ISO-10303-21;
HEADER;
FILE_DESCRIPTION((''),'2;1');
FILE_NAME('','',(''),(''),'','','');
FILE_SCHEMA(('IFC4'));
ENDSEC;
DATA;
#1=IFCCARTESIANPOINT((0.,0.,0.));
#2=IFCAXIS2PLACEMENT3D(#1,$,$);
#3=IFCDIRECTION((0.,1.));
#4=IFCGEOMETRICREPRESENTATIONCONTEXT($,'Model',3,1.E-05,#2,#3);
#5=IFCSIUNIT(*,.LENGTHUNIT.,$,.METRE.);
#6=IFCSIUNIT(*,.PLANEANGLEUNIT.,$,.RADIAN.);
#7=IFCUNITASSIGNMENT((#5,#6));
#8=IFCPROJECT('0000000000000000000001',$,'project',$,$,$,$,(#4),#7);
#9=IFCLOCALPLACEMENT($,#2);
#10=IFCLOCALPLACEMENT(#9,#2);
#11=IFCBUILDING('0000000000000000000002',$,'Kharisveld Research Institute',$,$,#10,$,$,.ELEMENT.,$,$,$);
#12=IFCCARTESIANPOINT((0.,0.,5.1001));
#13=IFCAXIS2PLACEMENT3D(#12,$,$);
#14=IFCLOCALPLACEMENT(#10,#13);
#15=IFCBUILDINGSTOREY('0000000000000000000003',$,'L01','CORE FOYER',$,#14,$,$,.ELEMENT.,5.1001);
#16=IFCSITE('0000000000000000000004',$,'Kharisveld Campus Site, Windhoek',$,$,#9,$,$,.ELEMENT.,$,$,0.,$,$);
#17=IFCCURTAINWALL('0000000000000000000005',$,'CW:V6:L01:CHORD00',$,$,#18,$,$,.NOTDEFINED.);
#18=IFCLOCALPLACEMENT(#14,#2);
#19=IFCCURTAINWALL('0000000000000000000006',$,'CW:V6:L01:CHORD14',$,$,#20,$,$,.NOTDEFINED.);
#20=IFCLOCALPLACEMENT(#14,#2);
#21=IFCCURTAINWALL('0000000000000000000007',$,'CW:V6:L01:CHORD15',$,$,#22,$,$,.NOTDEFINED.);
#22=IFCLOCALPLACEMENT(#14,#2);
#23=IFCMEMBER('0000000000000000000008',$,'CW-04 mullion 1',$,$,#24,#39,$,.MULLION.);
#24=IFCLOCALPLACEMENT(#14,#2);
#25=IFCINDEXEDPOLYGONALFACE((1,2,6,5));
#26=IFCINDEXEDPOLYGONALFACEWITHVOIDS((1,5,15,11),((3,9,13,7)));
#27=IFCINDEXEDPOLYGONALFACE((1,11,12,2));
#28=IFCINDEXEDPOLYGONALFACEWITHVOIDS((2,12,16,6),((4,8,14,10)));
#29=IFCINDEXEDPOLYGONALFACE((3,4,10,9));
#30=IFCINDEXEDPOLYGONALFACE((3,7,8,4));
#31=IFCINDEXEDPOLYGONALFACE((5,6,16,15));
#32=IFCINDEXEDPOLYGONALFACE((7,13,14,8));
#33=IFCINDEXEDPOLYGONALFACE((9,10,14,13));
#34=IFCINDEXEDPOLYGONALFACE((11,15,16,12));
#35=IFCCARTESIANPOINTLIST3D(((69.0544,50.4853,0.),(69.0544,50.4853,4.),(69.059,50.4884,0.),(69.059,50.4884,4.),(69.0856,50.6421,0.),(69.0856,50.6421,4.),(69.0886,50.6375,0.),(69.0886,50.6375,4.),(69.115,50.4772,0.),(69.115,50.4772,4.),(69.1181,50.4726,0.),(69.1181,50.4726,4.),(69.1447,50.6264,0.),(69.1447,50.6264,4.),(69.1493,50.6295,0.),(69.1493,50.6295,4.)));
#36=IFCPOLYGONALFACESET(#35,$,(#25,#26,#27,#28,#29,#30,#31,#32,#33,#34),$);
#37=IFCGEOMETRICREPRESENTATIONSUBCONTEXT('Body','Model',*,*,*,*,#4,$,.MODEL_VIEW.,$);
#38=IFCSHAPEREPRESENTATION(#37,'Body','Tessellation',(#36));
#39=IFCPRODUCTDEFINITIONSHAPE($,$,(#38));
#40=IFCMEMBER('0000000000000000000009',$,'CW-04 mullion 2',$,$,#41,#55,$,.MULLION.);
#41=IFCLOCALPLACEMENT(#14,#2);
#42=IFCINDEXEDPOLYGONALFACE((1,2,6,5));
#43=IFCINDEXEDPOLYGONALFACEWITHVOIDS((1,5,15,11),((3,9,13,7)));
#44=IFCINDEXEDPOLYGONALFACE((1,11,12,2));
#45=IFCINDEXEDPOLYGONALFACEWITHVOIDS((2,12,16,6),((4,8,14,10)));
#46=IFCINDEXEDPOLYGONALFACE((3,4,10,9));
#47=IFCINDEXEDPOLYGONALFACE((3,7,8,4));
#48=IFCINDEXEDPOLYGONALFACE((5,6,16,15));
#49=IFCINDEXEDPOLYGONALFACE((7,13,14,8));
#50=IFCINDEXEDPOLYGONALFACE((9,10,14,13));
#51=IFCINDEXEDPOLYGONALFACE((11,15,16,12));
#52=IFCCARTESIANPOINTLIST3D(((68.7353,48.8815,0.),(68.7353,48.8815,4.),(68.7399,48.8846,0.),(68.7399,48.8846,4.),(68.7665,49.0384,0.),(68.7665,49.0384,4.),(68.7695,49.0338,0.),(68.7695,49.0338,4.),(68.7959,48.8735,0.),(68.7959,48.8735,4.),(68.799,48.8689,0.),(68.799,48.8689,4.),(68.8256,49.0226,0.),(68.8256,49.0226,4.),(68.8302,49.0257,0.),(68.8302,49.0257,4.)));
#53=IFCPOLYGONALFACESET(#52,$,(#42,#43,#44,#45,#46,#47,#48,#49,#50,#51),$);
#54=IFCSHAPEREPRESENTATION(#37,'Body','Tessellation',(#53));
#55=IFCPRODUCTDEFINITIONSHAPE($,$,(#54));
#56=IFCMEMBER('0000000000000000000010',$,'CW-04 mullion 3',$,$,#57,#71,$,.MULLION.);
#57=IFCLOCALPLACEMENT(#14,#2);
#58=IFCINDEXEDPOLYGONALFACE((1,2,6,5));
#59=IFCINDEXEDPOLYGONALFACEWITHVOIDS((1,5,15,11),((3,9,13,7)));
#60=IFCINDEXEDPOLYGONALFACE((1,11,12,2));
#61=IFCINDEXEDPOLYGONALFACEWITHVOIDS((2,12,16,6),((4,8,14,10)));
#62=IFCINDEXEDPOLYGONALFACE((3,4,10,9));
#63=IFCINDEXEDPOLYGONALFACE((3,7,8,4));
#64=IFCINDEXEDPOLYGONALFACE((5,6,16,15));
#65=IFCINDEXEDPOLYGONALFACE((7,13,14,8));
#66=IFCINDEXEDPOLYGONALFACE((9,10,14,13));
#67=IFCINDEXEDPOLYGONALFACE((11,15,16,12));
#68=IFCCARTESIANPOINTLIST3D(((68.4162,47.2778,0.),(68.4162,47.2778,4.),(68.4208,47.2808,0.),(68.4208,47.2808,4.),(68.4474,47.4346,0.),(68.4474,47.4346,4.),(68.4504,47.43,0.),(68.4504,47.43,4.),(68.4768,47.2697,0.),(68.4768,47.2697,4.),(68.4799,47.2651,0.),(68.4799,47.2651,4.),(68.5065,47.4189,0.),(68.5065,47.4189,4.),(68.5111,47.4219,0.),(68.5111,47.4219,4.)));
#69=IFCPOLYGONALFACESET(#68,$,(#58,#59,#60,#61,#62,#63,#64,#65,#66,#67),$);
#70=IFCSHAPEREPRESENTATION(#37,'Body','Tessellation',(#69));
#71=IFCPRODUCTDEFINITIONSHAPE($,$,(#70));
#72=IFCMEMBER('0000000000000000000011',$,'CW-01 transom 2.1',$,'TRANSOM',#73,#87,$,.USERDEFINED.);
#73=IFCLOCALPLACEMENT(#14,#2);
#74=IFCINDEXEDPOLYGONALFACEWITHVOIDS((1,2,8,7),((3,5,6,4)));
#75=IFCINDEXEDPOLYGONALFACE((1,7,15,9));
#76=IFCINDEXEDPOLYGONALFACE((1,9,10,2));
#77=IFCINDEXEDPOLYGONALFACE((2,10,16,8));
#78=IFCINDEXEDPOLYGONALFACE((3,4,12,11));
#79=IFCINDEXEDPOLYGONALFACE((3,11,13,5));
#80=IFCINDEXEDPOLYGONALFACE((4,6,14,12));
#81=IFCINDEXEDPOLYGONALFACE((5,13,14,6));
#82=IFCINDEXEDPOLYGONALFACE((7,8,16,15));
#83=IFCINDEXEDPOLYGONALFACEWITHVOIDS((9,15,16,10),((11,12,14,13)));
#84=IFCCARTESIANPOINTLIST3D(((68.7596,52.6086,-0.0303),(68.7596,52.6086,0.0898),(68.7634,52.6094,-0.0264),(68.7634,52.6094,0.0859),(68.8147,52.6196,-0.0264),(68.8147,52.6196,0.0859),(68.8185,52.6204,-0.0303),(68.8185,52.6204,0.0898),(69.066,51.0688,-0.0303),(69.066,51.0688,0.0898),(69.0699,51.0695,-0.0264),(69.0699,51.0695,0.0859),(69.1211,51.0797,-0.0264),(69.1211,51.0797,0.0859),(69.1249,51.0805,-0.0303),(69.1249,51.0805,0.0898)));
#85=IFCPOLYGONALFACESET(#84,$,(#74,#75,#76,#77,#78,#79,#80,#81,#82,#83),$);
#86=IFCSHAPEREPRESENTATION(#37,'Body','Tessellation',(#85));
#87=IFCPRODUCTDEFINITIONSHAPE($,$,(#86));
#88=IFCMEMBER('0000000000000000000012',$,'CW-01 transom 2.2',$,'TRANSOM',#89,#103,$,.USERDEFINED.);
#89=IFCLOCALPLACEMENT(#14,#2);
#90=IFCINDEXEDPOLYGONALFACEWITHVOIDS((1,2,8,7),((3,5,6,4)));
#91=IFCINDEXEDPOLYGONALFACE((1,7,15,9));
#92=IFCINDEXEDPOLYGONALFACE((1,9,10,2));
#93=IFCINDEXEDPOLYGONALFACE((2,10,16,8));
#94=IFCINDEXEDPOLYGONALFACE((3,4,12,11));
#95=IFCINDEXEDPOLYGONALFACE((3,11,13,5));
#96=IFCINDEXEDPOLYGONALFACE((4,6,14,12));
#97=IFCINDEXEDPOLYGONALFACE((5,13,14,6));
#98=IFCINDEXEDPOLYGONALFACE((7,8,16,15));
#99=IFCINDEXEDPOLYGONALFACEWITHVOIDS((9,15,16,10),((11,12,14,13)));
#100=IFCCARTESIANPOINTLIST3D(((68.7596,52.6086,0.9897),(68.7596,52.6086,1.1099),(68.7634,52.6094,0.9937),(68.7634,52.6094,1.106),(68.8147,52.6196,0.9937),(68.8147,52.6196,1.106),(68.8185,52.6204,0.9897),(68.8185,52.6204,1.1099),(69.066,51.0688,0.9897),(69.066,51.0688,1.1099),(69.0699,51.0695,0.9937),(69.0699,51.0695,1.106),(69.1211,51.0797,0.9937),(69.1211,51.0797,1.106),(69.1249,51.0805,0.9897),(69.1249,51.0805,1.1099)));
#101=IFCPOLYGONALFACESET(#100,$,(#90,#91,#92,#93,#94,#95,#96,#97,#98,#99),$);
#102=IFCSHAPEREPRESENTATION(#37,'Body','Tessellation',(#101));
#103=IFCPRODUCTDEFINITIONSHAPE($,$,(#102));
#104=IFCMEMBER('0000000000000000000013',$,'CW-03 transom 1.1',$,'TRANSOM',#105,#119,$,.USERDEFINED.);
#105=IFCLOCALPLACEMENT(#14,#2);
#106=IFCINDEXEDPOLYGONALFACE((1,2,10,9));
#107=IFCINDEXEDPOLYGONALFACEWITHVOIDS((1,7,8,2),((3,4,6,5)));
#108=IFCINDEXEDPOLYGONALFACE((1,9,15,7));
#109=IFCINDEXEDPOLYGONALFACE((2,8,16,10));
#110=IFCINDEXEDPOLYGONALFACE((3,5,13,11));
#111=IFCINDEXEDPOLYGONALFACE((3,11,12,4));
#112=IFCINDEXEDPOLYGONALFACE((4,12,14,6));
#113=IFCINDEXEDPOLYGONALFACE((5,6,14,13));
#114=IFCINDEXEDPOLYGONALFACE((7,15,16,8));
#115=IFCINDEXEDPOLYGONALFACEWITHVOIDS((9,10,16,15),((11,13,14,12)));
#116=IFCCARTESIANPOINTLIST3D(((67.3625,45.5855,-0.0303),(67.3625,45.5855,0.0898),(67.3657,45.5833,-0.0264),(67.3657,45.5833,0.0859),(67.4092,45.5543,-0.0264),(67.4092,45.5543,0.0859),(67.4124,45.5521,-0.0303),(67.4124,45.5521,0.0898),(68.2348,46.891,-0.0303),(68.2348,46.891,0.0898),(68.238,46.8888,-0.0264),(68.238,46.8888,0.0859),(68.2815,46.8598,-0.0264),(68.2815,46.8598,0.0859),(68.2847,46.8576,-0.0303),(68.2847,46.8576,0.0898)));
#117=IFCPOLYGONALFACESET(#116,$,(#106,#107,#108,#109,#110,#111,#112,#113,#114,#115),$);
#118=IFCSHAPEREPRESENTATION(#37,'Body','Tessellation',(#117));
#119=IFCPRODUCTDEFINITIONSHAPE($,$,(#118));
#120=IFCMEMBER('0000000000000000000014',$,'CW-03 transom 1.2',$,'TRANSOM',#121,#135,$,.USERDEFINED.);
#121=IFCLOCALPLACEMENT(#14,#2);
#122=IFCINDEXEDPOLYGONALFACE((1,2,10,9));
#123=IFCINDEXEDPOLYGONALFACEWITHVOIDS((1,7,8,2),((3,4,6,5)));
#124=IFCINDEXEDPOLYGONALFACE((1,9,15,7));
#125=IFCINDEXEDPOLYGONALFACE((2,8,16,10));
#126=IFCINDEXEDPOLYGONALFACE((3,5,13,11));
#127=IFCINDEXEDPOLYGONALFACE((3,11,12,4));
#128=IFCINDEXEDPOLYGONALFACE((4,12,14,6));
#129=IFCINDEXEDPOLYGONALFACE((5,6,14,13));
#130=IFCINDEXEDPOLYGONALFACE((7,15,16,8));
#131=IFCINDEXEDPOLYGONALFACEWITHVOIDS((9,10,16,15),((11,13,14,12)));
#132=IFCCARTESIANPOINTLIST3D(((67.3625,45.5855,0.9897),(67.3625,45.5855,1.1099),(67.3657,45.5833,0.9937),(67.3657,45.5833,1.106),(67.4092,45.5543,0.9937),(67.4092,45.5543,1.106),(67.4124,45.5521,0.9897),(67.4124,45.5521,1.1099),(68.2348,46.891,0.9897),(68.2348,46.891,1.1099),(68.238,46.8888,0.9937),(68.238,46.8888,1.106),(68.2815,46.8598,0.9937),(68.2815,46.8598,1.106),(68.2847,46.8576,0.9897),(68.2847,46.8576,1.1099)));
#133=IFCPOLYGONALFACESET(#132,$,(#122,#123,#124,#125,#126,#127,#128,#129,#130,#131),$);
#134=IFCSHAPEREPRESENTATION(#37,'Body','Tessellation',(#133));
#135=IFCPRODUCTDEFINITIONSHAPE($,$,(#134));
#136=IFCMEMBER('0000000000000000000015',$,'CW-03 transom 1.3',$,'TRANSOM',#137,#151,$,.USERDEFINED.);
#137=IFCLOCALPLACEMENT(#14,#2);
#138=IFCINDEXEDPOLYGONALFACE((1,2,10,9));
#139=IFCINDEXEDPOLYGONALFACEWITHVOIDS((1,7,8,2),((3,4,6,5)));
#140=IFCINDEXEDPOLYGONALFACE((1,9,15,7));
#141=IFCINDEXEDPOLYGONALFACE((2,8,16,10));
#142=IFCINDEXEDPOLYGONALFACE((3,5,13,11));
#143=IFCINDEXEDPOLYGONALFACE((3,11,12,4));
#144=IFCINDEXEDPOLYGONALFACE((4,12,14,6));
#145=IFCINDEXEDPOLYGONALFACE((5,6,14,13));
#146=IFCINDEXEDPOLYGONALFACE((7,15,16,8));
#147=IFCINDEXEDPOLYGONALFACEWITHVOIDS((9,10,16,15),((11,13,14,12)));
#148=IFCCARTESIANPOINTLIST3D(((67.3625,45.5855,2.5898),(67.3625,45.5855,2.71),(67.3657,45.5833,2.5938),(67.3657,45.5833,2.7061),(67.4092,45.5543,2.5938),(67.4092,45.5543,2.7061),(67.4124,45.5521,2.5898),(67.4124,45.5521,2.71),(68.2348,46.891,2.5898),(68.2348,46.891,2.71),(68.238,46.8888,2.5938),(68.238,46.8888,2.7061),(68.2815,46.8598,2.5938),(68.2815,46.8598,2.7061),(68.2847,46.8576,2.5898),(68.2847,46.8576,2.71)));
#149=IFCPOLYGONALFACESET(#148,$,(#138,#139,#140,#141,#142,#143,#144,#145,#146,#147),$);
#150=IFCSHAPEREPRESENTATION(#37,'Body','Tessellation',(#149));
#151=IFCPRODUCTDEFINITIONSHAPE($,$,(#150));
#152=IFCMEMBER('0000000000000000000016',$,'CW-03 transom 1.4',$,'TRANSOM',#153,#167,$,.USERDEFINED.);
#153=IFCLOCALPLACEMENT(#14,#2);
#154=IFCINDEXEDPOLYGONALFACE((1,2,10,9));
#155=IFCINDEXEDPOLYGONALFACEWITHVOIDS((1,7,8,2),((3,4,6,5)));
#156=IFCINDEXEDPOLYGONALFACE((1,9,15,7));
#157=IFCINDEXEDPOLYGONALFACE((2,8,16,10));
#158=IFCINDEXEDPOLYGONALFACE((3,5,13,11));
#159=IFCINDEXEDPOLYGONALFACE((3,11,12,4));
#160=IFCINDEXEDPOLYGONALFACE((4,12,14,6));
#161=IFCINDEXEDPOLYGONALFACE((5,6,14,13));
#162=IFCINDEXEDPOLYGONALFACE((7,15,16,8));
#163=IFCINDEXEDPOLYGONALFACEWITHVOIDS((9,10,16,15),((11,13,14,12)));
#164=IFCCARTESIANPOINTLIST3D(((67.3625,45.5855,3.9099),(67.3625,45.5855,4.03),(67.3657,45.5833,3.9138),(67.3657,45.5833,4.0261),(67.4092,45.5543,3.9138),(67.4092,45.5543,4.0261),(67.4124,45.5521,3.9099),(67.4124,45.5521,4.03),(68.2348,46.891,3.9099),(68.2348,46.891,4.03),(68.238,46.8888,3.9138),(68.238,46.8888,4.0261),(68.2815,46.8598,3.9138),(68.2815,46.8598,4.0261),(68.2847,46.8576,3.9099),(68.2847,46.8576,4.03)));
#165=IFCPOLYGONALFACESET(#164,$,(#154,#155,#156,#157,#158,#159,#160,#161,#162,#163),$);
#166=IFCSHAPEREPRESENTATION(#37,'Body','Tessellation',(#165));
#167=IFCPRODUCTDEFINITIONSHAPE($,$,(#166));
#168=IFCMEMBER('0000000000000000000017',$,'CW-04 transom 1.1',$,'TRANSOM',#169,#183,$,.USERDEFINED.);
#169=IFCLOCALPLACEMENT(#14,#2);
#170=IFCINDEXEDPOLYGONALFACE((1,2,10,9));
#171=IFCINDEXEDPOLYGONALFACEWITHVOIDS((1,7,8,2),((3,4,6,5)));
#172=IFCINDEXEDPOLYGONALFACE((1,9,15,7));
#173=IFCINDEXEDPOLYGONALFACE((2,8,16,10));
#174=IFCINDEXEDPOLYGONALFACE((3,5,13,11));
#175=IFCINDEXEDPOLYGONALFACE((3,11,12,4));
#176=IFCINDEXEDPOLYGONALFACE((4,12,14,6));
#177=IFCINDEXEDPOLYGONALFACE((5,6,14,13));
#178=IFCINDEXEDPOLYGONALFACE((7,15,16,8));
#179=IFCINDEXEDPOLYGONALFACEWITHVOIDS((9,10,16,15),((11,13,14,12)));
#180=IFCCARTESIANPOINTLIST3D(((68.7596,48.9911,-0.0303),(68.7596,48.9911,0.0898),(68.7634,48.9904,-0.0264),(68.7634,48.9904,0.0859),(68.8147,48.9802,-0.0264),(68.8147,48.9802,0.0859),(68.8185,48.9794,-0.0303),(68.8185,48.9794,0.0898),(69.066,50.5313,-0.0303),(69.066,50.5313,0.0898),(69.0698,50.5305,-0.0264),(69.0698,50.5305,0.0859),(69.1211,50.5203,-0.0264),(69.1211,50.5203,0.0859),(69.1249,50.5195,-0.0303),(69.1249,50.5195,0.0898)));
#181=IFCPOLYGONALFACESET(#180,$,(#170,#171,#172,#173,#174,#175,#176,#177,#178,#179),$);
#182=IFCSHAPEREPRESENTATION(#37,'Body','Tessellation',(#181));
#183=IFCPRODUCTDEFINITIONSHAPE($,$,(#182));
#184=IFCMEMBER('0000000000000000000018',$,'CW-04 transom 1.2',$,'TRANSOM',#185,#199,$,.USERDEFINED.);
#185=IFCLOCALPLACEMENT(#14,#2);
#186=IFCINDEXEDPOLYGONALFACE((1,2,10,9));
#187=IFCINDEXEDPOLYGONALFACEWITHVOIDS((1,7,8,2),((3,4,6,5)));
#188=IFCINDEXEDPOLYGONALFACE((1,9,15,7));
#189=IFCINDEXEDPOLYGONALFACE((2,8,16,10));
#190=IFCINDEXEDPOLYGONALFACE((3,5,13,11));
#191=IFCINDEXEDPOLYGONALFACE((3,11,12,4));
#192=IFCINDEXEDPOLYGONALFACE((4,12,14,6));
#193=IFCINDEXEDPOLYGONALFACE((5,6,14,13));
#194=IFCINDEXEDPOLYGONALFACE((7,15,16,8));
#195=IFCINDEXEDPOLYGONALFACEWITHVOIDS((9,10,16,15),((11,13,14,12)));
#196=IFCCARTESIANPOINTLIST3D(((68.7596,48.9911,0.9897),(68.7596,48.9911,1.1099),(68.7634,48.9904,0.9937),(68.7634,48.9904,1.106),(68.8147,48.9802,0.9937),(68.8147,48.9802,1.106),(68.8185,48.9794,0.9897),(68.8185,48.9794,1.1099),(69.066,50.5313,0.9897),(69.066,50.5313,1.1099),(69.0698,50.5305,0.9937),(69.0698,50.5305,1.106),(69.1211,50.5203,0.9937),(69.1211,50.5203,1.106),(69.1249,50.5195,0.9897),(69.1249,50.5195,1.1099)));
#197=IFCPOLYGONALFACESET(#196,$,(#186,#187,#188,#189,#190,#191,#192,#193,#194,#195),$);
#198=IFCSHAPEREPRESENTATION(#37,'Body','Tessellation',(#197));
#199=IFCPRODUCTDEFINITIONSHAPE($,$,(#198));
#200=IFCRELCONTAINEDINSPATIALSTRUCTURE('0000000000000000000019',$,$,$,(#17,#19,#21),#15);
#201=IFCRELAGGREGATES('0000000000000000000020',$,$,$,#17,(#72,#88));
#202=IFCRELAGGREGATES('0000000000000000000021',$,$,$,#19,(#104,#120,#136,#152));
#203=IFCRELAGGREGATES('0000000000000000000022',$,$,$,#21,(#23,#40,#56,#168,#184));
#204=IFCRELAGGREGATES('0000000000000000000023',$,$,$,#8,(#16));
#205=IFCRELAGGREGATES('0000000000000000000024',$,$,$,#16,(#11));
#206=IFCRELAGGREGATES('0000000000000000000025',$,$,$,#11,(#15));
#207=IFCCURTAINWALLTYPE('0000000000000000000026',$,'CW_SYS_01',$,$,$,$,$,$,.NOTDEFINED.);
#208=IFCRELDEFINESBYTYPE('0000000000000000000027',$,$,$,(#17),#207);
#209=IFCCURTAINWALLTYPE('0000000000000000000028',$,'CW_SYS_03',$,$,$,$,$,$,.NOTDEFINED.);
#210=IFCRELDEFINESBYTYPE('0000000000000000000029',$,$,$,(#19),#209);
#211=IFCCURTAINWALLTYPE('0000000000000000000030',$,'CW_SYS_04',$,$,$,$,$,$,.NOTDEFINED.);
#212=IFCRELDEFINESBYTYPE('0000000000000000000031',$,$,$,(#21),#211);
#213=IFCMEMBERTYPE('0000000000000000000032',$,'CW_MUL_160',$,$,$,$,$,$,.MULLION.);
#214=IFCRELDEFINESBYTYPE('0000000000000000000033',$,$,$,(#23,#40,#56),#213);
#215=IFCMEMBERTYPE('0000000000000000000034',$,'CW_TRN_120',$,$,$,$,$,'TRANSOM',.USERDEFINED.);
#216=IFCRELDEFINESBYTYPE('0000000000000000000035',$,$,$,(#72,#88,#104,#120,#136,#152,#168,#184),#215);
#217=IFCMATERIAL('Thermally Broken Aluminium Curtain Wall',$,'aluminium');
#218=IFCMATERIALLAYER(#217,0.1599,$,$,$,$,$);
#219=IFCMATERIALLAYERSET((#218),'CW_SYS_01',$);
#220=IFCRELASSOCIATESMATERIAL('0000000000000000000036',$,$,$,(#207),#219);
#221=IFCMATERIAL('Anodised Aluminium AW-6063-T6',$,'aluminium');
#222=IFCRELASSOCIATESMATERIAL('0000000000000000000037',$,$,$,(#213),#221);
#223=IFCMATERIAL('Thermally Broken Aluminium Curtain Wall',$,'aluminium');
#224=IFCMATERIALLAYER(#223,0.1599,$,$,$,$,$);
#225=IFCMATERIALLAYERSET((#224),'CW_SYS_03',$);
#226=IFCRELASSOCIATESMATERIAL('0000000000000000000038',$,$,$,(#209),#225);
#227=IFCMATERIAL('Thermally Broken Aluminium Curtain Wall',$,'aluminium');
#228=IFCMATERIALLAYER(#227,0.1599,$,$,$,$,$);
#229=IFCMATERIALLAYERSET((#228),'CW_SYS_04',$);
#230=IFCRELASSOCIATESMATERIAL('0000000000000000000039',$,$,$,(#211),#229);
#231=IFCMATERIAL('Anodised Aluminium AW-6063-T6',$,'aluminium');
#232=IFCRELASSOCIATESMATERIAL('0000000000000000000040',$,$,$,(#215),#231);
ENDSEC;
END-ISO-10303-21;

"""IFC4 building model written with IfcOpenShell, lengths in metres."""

from ifc_helpers import new_model, si_unit, direction, frame, origin, origin_2d, place, context, subcontext, project, spatial, hollow_rectangle, extrude, material, layer, layer_set, material_profile, profile_set, type_object, element, aggregate, save


model = new_model("IFC4")

# Units and contexts
model_context = context("Model", 3, precision=1e-05, world=origin(), true_north=direction((0.0, 1.0)))
body_context = subcontext(model_context, "Body", "Model", "MODEL_VIEW")
ifc_project = project(units=[si_unit("LENGTHUNIT", "METRE"), si_unit("PLANEANGLEUNIT", "RADIAN")], contexts=[model_context])

# Site, building, storey
site_placement = place(None, origin())
site = spatial("IfcSite", under=ifc_project, at=site_placement, Name="Kharisveld Campus Site, Windhoek", CompositionType="ELEMENT", RefElevation=0.0)
building_placement = place(site_placement, origin())
building = spatial("IfcBuilding", under=site, at=building_placement, Name="Kharisveld Research Institute", CompositionType="ELEMENT")
storey_placement = place(building_placement, frame((0.0, 0.0, 5.1001)))
storey = spatial("IfcBuildingStorey", under=building, at=storey_placement, Name="L01", Description="CORE FOYER", CompositionType="ELEMENT", Elevation=5.1001)

# Curtain walls
ifc_material_1 = material(Name="Thermally Broken Aluminium Curtain Wall", Category="aluminium")
ifc_layer_1 = layer(ifc_material_1, 0.1599)
ifc_layer_set_1 = layer_set([ifc_layer_1], Name="CW_SYS_01")
curtain_wall_type_1 = type_object("IfcCurtainWallType", Name="CW_SYS_01", PredefinedType="NOTDEFINED", material=ifc_layer_set_1)
curtain_wall_1_placement = place(storey_placement, origin())
curtain_wall_1 = element("IfcCurtainWall", 1, at=curtain_wall_1_placement, inside=storey, type_object=curtain_wall_type_1, Name="CW:V6:L01:CHORD00", PredefinedType="NOTDEFINED")
ifc_material_2 = material(Name="Anodised Aluminium AW-6063-T6", Category="aluminium")
ifc_material_profile_1 = material_profile(ifc_material_2, hollow_rectangle(XDim=0.0649, YDim=0.1599, WallThickness=0.0039, at=origin_2d()))
ifc_profile_set_1 = profile_set([ifc_material_profile_1], Name="Anodised Aluminium AW-6063-T6")
member_type_1 = type_object("IfcMemberType", Name="CW_MUL_160", PredefinedType="MULLION", material=ifc_profile_set_1)
ifc_material_3 = material(Name="Thermally Broken Aluminium Curtain Wall", Category="aluminium")
ifc_layer_2 = layer(ifc_material_3, 0.1599)
ifc_layer_set_2 = layer_set([ifc_layer_2], Name="CW_SYS_03")
curtain_wall_type_2 = type_object("IfcCurtainWallType", Name="CW_SYS_03", PredefinedType="NOTDEFINED", material=ifc_layer_set_2)
curtain_wall_2_placement = place(storey_placement, origin())
curtain_wall_2 = element("IfcCurtainWall", 2, at=curtain_wall_2_placement, inside=storey, type_object=curtain_wall_type_2, Name="CW:V6:L01:CHORD14", PredefinedType="NOTDEFINED")

# Curtain wall, members
ifc_material_4 = material(Name="Thermally Broken Aluminium Curtain Wall", Category="aluminium")
ifc_layer_3 = layer(ifc_material_4, 0.1599)
ifc_layer_set_3 = layer_set([ifc_layer_3], Name="CW_SYS_04")
curtain_wall_type_3 = type_object("IfcCurtainWallType", Name="CW_SYS_04", PredefinedType="NOTDEFINED", material=ifc_layer_set_3)
curtain_wall_3_placement = place(storey_placement, origin())
curtain_wall_3 = element("IfcCurtainWall", 3, at=curtain_wall_3_placement, inside=storey, type_object=curtain_wall_type_3, Name="CW:V6:L01:CHORD15", PredefinedType="NOTDEFINED")
member_1_placement = place(storey_placement, frame((69.1018, 50.5574, 0.0), z_axis=(0.0, 0.0, 1.0), x_axis=(0.980785, -0.195091, 0.0)))
member_1 = element("IfcMember", 4, at=member_1_placement, type_object=member_type_1, Name="CW-04 mullion 1", PredefinedType="MULLION", context=body_context, shape_type="SweptSolid", body=[
    extrude(hollow_rectangle(XDim=0.0649, YDim=0.1599, WallThickness=0.0039, at=origin_2d()), origin(), (0.0, 0.0, 1.0), 4.0),
])
member_2_placement = place(storey_placement, frame((68.7827, 48.9536, 0.0), z_axis=(0.0, 0.0, 1.0), x_axis=(0.980785, -0.195091, 0.0)))
member_2 = element("IfcMember", 5, at=member_2_placement, type_object=member_type_1, Name="CW-04 mullion 2", PredefinedType="MULLION", context=body_context, shape_type="SweptSolid", body=[
    extrude(hollow_rectangle(XDim=0.0649, YDim=0.1599, WallThickness=0.0039, at=origin_2d()), origin(), (0.0, 0.0, 1.0), 4.0),
])
member_3_placement = place(storey_placement, frame((68.4636, 47.3499, 0.0), z_axis=(0.0, 0.0, 1.0), x_axis=(0.980785, -0.195091, 0.0)))
member_3 = element("IfcMember", 6, at=member_3_placement, type_object=member_type_1, Name="CW-04 mullion 3", PredefinedType="MULLION", context=body_context, shape_type="SweptSolid", body=[
    extrude(hollow_rectangle(XDim=0.0649, YDim=0.1599, WallThickness=0.0039, at=origin_2d()), origin(), (0.0, 0.0, 1.0), 4.0),
])

# Members
ifc_material_5 = material(Name="Anodised Aluminium AW-6063-T6", Category="aluminium")
ifc_material_profile_2 = material_profile(ifc_material_5, hollow_rectangle(XDim=0.0601, YDim=0.1201, WallThickness=0.0039, at=origin_2d()))
ifc_profile_set_2 = profile_set([ifc_material_profile_2], Name="Anodised Aluminium AW-6063-T6")
member_type_2 = type_object("IfcMemberType", Name="CW_TRN_120", ElementType="TRANSOM", PredefinedType="USERDEFINED", material=ifc_profile_set_2)
member_4_placement = place(storey_placement, frame((68.7891, 52.6145, 0.0298), z_axis=(0.195159, -0.980772, 0.0), x_axis=(0.980772, 0.195159, 0.0)))
member_4 = element("IfcMember", 7, at=member_4_placement, type_object=member_type_2, Name="CW-01 transom 2.1", ObjectType="TRANSOM", PredefinedType="USERDEFINED", context=body_context, shape_type="SweptSolid", body=[
    extrude(hollow_rectangle(XDim=0.0601, YDim=0.1201, WallThickness=0.0039, at=origin_2d()), origin(), (0.0, 0.0, 1.0), 1.5701),
])
member_5_placement = place(storey_placement, frame((68.7891, 52.6145, 1.0498), z_axis=(0.195159, -0.980772, 0.0), x_axis=(0.980772, 0.195159, 0.0)))
member_5 = element("IfcMember", 8, at=member_5_placement, type_object=member_type_2, Name="CW-01 transom 2.2", ObjectType="TRANSOM", PredefinedType="USERDEFINED", context=body_context, shape_type="SweptSolid", body=[
    extrude(hollow_rectangle(XDim=0.0601, YDim=0.1201, WallThickness=0.0039, at=origin_2d()), origin(), (0.0, 0.0, 1.0), 1.5701),
])
member_6_placement = place(storey_placement, frame((68.2598, 46.8743, 0.0298), z_axis=(-0.555597, -0.831452, 0.0), x_axis=(0.831452, -0.555597, 0.0)))
member_6 = element("IfcMember", 9, at=member_6_placement, type_object=member_type_2, Name="CW-03 transom 1.1", ObjectType="TRANSOM", PredefinedType="USERDEFINED", context=body_context, shape_type="SweptSolid", body=[
    extrude(hollow_rectangle(XDim=0.0601, YDim=0.1201, WallThickness=0.0039, at=origin_2d()), origin(), (0.0, 0.0, 1.0), 1.5701),
])
member_7_placement = place(storey_placement, frame((68.2598, 46.8743, 1.0498), z_axis=(-0.555597, -0.831452, 0.0), x_axis=(0.831452, -0.555597, 0.0)))
member_7 = element("IfcMember", 10, at=member_7_placement, type_object=member_type_2, Name="CW-03 transom 1.2", ObjectType="TRANSOM", PredefinedType="USERDEFINED", context=body_context, shape_type="SweptSolid", body=[
    extrude(hollow_rectangle(XDim=0.0601, YDim=0.1201, WallThickness=0.0039, at=origin_2d()), origin(), (0.0, 0.0, 1.0), 1.5701),
])
member_8_placement = place(storey_placement, frame((68.2598, 46.8743, 2.6499), z_axis=(-0.555597, -0.831452, 0.0), x_axis=(0.831452, -0.555597, 0.0)))
member_8 = element("IfcMember", 11, at=member_8_placement, type_object=member_type_2, Name="CW-03 transom 1.3", ObjectType="TRANSOM", PredefinedType="USERDEFINED", context=body_context, shape_type="SweptSolid", body=[
    extrude(hollow_rectangle(XDim=0.0601, YDim=0.1201, WallThickness=0.0039, at=origin_2d()), origin(), (0.0, 0.0, 1.0), 1.5701),
])
member_9_placement = place(storey_placement, frame((68.2598, 46.8743, 3.97), z_axis=(-0.555597, -0.831452, 0.0), x_axis=(0.831452, -0.555597, 0.0)))
member_9 = element("IfcMember", 12, at=member_9_placement, type_object=member_type_2, Name="CW-03 transom 1.4", ObjectType="TRANSOM", PredefinedType="USERDEFINED", context=body_context, shape_type="SweptSolid", body=[
    extrude(hollow_rectangle(XDim=0.0601, YDim=0.1201, WallThickness=0.0039, at=origin_2d()), origin(), (0.0, 0.0, 1.0), 1.5701),
])
member_10_placement = place(storey_placement, frame((69.0955, 50.5254, 0.0298), z_axis=(-0.195129, -0.980778, 0.0), x_axis=(0.980778, -0.195129, 0.0)))
member_10 = element("IfcMember", 13, at=member_10_placement, type_object=member_type_2, Name="CW-04 transom 1.1", ObjectType="TRANSOM", PredefinedType="USERDEFINED", context=body_context, shape_type="SweptSolid", body=[
    extrude(hollow_rectangle(XDim=0.0601, YDim=0.1201, WallThickness=0.0039, at=origin_2d()), origin(), (0.0, 0.0, 1.0), 1.5703),
])
member_11_placement = place(storey_placement, frame((69.0955, 50.5254, 1.0498), z_axis=(-0.195129, -0.980778, 0.0), x_axis=(0.980778, -0.195129, 0.0)))
member_11 = element("IfcMember", 14, at=member_11_placement, type_object=member_type_2, Name="CW-04 transom 1.2", ObjectType="TRANSOM", PredefinedType="USERDEFINED", context=body_context, shape_type="SweptSolid", body=[
    extrude(hollow_rectangle(XDim=0.0601, YDim=0.1201, WallThickness=0.0039, at=origin_2d()), origin(), (0.0, 0.0, 1.0), 1.5703),
])

aggregate(curtain_wall_1, [member_4, member_5])
aggregate(curtain_wall_2, [member_6, member_7, member_8, member_9])
aggregate(curtain_wall_3, [member_1, member_2, member_3, member_10, member_11])

save(model, "model.ifc")
